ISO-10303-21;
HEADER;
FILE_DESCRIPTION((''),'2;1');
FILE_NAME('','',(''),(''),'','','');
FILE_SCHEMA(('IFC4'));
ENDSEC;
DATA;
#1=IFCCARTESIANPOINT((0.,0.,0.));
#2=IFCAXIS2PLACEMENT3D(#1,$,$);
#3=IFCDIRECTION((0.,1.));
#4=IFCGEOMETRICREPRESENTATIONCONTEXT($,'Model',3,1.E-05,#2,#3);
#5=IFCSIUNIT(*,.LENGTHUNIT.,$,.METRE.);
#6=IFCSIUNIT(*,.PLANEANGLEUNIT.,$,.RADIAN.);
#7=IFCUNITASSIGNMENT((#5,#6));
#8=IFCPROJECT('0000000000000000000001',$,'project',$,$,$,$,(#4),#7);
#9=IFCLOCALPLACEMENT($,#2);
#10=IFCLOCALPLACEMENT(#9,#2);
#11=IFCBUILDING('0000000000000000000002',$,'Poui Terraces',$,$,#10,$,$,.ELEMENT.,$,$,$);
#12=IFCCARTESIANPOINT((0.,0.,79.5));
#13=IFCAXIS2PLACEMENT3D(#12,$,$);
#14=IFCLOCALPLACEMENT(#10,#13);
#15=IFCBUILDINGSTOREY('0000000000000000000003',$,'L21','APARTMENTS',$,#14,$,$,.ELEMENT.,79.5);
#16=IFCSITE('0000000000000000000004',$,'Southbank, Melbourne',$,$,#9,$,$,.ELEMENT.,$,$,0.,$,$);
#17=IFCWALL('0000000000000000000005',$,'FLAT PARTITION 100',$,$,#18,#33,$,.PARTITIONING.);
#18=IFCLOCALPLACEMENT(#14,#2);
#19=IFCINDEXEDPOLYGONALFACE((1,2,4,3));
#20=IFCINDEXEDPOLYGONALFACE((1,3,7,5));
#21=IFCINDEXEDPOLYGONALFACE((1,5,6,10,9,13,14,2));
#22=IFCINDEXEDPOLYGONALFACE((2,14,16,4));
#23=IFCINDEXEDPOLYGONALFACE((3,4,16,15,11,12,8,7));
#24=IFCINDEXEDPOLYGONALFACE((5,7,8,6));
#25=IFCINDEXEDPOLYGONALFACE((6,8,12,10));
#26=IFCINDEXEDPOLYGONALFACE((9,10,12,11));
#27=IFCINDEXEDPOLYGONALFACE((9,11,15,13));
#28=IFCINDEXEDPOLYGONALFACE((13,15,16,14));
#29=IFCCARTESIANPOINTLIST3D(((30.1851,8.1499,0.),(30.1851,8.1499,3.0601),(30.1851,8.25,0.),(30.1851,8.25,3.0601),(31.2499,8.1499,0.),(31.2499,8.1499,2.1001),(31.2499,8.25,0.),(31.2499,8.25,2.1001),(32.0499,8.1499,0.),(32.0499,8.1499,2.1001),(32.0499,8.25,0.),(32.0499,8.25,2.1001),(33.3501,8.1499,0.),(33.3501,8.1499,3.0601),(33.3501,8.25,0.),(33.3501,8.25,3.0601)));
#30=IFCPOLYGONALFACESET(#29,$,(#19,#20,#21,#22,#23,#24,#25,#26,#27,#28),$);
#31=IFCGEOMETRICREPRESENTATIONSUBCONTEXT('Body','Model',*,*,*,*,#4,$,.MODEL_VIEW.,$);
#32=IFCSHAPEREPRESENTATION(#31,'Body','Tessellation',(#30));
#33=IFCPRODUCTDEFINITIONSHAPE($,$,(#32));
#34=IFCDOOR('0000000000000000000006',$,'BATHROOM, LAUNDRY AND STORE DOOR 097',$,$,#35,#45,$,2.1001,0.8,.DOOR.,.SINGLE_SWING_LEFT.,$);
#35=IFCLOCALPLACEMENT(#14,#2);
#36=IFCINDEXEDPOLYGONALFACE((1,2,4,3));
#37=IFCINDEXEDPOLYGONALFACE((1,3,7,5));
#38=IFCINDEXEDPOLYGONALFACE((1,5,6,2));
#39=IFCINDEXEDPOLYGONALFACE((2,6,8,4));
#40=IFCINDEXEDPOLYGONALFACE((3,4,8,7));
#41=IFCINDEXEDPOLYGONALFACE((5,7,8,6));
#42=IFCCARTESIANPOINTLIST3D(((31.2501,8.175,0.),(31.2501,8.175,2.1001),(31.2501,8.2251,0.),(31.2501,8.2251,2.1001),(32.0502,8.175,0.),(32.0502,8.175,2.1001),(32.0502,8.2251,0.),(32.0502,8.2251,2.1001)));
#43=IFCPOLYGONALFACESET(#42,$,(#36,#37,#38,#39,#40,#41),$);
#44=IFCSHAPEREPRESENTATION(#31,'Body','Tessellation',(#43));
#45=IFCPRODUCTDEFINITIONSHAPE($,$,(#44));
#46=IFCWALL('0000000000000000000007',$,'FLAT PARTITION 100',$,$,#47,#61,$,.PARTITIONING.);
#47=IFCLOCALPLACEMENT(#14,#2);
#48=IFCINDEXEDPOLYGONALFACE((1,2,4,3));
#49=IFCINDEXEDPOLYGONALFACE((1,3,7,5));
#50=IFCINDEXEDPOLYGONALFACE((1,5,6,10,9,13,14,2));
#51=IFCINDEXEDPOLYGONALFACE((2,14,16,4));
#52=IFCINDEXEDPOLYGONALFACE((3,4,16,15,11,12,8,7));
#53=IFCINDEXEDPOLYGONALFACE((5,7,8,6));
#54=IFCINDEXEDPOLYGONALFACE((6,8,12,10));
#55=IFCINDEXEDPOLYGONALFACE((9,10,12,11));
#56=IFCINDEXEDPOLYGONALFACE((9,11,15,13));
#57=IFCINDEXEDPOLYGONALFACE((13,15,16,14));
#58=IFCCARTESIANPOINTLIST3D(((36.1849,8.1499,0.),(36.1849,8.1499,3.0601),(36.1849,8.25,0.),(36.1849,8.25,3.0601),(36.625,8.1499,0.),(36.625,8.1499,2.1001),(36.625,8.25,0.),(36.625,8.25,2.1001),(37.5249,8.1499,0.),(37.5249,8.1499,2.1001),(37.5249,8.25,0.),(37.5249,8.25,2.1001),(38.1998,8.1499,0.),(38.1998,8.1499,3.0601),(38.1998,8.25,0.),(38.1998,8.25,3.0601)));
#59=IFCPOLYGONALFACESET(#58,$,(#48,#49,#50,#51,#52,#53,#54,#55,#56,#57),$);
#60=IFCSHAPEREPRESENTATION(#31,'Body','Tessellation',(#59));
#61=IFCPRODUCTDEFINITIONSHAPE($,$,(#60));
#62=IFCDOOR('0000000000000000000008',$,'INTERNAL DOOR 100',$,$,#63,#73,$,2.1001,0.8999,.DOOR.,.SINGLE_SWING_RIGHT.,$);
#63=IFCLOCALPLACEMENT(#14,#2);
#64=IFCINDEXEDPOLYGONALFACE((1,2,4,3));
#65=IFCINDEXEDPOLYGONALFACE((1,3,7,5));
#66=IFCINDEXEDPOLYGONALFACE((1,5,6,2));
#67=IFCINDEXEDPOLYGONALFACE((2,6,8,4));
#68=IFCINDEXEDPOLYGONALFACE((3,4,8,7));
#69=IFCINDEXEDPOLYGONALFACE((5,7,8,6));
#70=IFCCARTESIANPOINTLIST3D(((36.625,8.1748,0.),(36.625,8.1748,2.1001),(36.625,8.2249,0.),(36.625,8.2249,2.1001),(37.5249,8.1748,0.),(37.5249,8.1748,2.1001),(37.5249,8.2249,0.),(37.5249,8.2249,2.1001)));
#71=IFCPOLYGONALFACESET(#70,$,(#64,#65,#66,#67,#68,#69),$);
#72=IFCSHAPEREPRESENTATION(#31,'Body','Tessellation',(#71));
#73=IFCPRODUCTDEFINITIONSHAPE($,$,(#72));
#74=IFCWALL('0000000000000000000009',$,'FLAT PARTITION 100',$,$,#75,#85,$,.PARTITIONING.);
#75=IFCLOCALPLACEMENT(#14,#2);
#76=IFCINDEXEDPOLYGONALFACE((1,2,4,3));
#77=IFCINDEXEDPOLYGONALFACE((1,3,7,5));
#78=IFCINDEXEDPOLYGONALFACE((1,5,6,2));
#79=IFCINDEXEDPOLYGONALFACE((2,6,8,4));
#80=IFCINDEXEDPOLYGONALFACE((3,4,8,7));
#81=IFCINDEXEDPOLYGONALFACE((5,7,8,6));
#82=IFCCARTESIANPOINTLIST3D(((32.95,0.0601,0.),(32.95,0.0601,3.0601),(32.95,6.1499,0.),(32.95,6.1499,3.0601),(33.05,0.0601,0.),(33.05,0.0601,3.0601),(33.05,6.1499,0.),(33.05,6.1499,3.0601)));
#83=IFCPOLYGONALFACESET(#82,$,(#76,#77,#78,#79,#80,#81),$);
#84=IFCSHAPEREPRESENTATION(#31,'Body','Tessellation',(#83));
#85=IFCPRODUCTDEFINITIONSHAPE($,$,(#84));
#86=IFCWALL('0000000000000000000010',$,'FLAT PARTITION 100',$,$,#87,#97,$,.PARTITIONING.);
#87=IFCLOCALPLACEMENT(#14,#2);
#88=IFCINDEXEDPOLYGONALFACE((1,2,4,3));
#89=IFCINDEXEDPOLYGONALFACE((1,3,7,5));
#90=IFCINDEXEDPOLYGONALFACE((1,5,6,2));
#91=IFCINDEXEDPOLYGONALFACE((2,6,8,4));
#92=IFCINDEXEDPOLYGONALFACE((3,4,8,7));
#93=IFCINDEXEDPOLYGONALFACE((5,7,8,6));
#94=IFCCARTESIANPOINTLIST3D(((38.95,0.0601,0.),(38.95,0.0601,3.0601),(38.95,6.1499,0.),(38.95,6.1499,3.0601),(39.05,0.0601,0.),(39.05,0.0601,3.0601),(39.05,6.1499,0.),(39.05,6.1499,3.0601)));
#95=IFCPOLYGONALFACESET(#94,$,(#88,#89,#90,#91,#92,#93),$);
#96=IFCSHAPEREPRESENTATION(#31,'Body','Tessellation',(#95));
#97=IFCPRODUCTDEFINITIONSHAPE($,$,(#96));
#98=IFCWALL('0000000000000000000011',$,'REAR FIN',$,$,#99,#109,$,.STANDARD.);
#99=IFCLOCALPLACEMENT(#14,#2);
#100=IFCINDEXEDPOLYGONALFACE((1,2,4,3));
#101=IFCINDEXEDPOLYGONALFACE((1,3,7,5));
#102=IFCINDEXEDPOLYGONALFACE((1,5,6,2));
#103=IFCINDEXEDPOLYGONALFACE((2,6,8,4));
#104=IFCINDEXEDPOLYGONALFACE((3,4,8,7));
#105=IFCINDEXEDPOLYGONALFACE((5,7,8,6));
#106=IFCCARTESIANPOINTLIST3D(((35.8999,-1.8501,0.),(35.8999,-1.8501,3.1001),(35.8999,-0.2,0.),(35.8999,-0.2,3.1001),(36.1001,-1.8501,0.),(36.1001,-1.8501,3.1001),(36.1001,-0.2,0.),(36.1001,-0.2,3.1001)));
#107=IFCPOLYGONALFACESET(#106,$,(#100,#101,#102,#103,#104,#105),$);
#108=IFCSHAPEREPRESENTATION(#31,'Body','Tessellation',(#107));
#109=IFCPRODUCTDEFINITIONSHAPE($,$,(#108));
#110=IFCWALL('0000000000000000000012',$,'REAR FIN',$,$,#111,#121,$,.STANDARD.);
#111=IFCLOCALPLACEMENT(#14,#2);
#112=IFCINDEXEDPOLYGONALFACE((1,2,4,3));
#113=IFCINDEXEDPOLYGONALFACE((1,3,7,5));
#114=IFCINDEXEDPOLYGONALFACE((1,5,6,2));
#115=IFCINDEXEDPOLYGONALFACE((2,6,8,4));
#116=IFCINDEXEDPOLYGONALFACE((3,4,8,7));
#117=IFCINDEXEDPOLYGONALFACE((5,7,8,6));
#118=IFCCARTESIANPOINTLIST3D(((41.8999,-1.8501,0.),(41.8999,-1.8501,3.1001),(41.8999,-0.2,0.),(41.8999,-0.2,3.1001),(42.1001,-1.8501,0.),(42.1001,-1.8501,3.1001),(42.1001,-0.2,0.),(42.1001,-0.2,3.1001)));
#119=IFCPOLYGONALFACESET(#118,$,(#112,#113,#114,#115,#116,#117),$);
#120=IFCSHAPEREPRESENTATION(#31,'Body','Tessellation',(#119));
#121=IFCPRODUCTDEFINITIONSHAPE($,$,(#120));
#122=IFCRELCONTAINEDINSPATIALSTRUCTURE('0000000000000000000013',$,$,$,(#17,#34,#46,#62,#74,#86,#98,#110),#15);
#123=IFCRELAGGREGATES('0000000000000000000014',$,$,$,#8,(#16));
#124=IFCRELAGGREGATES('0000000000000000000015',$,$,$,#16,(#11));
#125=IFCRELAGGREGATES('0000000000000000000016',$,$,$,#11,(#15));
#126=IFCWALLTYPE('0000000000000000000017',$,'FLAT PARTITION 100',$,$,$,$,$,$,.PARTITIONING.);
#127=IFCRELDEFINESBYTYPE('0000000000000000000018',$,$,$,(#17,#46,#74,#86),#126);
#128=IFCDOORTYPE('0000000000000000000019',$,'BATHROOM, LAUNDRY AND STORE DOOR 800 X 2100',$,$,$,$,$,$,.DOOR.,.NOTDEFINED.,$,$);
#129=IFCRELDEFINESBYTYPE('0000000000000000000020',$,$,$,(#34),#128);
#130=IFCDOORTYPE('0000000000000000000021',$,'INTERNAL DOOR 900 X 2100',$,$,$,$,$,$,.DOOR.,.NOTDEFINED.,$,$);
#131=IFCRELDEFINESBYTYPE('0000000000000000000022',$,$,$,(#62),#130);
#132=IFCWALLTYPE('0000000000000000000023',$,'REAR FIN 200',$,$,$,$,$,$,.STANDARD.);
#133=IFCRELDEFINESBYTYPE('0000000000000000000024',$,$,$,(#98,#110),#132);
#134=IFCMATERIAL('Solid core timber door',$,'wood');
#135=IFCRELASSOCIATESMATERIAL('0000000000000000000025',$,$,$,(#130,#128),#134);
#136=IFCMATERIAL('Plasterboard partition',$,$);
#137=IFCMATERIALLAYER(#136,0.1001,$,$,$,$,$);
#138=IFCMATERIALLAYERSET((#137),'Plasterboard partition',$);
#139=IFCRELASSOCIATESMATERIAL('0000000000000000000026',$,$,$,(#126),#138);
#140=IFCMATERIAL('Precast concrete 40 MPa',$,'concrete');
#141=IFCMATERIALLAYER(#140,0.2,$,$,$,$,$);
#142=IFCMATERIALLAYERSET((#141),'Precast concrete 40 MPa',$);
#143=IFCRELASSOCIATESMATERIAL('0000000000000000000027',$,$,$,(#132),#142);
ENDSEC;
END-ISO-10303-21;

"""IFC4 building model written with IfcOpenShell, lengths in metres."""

from ifc_helpers import new_model, si_unit, direction, frame, frame_2d, origin, place, context, subcontext, project, spatial, polyline, rectangle, outline, extrude, source, transform, mapped, material, layer, layer_set, type_object, element, fill, save


model = new_model("IFC4")

# Units and contexts
model_context = context("Model", 3, precision=1e-05, world=origin(), true_north=direction((0.0, 1.0)))
body_context = subcontext(model_context, "Body", "Model", "MODEL_VIEW")
ifc_project = project(units=[si_unit("LENGTHUNIT", "METRE"), si_unit("PLANEANGLEUNIT", "RADIAN")], contexts=[model_context])

# Site, building, storey
site_placement = place(None, origin())
site = spatial("IfcSite", under=ifc_project, at=site_placement, Name="Southbank, Melbourne", CompositionType="ELEMENT", RefElevation=0.0)
building_placement = place(site_placement, origin())
building = spatial("IfcBuilding", under=site, at=building_placement, Name="Poui Terraces", CompositionType="ELEMENT")
storey_placement = place(building_placement, frame((0.0, 0.0, 79.5)))
storey = spatial("IfcBuildingStorey", under=building, at=storey_placement, Name="L21", Description="APARTMENTS", CompositionType="ELEMENT", Elevation=79.5)

# Shared definitions
ifc_material_1 = material(Name="Precast concrete 40 MPa", Category="concrete")

# Shared definitions
ifc_material_2 = material(Name="Solid core timber door", Category="wood")
door_type_1 = type_object("IfcDoorType", Name="INTERNAL DOOR 900 X 2100", OperationType="NOTDEFINED", PredefinedType="DOOR", material=ifc_material_2)

# Shared definitions
ifc_material_3 = material(Name="Plasterboard partition")
ifc_layer_1 = layer(ifc_material_3, 0.1001)
ifc_layer_set_1 = layer_set([ifc_layer_1], Name="Plasterboard partition")
wall_type_1 = type_object("IfcWallType", Name="FLAT PARTITION 100", PredefinedType="PARTITIONING", material=ifc_layer_set_1)

# Walls, openings, doors
wall_1_placement = place(storey_placement, frame((30.1851, 8.2, 0.0), z_axis=(0.0, 0.0, 1.0), x_axis=(1.0, 0.0, 0.0)))
wall_1 = element("IfcWall", 1, at=wall_1_placement, inside=storey, type_object=wall_type_1, Name="FLAT PARTITION 100", PredefinedType="PARTITIONING", context=body_context, shape_type="SweptSolid", body=[
    extrude(rectangle(XDim=3.165, YDim=0.1001, at=frame_2d((1.5825, 0.0))), origin(), (0.0, 0.0, 1.0), 3.0601),
])
opening_1_placement = place(wall_1_placement, frame((1.0649, 0.0, 0.0)))
opening_1 = element("IfcOpeningElement", 2, at=opening_1_placement, cuts=wall_1, PredefinedType="OPENING", context=body_context, shape_type="SweptSolid", body=[
    extrude(rectangle(XDim=0.8, YDim=2.1001, at=frame_2d((0.3999, 1.05))), frame((0.0, 0.0601, 0.0), z_axis=(0.0, -1.0, 0.0), x_axis=(1.0, 0.0, 0.0)), (0.0, 0.0, 1.0), 0.1201),
])
door_type_2 = type_object("IfcDoorType", Name="BATHROOM, LAUNDRY AND STORE DOOR 800 X 2100", OperationType="NOTDEFINED", PredefinedType="DOOR", material=ifc_material_2)
door_1_placement = place(opening_1_placement, frame((0.8, 0.0, 0.0), z_axis=(0.0, 0.0, 1.0), x_axis=(-1.0, 0.0, 0.0)))
door_1 = element("IfcDoor", 3, at=door_1_placement, inside=storey, type_object=door_type_2, Name="BATHROOM, LAUNDRY AND STORE DOOR 097", OperationType="SINGLE_SWING_LEFT", OverallHeight=2.1001, OverallWidth=0.8, PredefinedType="DOOR", context=body_context, shape_type="SweptSolid", body=[
    extrude(rectangle(XDim=0.8, YDim=2.1001, at=frame_2d((0.3999, 1.05))), frame((0.0, 0.0249, 0.0), z_axis=(0.0, -1.0, 0.0), x_axis=(1.0, 0.0, 0.0)), (0.0, 0.0, 1.0), 0.05),
])
fill(opening_1, door_1)
wall_2_placement = place(storey_placement, frame((36.1851, 8.2, 0.0), z_axis=(0.0, 0.0, 1.0), x_axis=(1.0, 0.0, 0.0)))
wall_2 = element("IfcWall", 4, at=wall_2_placement, inside=storey, type_object=wall_type_1, Name="FLAT PARTITION 100", PredefinedType="PARTITIONING", context=body_context, shape_type="SweptSolid", body=[
    extrude(rectangle(XDim=2.0149, YDim=0.1001, at=frame_2d((1.0073, 0.0))), origin(), (0.0, 0.0, 1.0), 3.0601),
])
opening_2_placement = place(wall_2_placement, frame((0.4399, 0.0, 0.0)))
opening_2 = element("IfcOpeningElement", 5, at=opening_2_placement, cuts=wall_2, PredefinedType="OPENING", context=body_context, shape_type="SweptSolid", body=[
    extrude(rectangle(XDim=0.8999, YDim=2.1001, at=frame_2d((0.45, 1.05))), frame((0.0, 0.0601, 0.0), z_axis=(0.0, -1.0, 0.0), x_axis=(1.0, 0.0, 0.0)), (0.0, 0.0, 1.0), 0.1201),
])
door_2_placement = place(opening_2_placement, origin())
door_2 = element("IfcDoor", 6, at=door_2_placement, inside=storey, type_object=door_type_1, Name="INTERNAL DOOR 100", OperationType="SINGLE_SWING_RIGHT", OverallHeight=2.1001, OverallWidth=0.8999, PredefinedType="DOOR", context=body_context, shape_type="SweptSolid", body=[
    extrude(rectangle(XDim=0.8999, YDim=2.1001, at=frame_2d((0.45, 1.05))), frame((0.0, 0.0249, 0.0), z_axis=(0.0, -1.0, 0.0), x_axis=(1.0, 0.0, 0.0)), (0.0, 0.0, 1.0), 0.05),
])
fill(opening_2, door_2)

# Walls
for number, where, z_axis, x_axis, name in (
    (7, (33.0, 0.0601, 0.0), (0.0, 0.0, 1.0), (0.0, 1.0, 0.0), "FLAT PARTITION 100"),
    (8, (39.0, 0.0601, 0.0), (0.0, 0.0, 1.0), (0.0, 1.0, 0.0), "FLAT PARTITION 100"),
):
    element("IfcWall", number, at=place(storey_placement, frame(where, z_axis=z_axis, x_axis=x_axis)), inside=storey, type_object=wall_type_1, Name=name, PredefinedType="PARTITIONING", context=body_context, shape_type="SweptSolid", body=[
        extrude(rectangle(XDim=6.0898, YDim=0.1001, at=frame_2d((3.0449, 0.0))), origin(), (0.0, 0.0, 1.0), 3.0601),
    ])
ifc_layer_2 = layer(ifc_material_1, 0.2)
ifc_layer_set_2 = layer_set([ifc_layer_2], Name="Precast concrete 40 MPa")
wall_type_2 = type_object("IfcWallType", Name="REAR FIN 200", PredefinedType="STANDARD", material=ifc_layer_set_2)
shared_shape_1 = source(origin(), body_context, "Body", "SweptSolid", [
    extrude(outline(polyline([(0.0, 0.0), (0.2002, 0.0), (0.2002, 1.6501), (0.0, 1.6501), (0.0, 0.0)])), origin(), (0.0, 0.0, 1.0), 3.1001),
])
for number, where, name in (
    (9, (35.8999, -1.8501, 0.0), "REAR FIN"),
    (10, (41.8999, -1.8501, 0.0), "REAR FIN"),
):
    element("IfcWall", number, at=place(storey_placement, frame(where)), inside=storey, type_object=wall_type_2, Name=name, PredefinedType="STANDARD", context=body_context, shape_type="MappedRepresentation", body=[
        mapped(shared_shape_1, transform((0.0, 0.0, 0.0))),
    ])

save(model, "model.ifc")
